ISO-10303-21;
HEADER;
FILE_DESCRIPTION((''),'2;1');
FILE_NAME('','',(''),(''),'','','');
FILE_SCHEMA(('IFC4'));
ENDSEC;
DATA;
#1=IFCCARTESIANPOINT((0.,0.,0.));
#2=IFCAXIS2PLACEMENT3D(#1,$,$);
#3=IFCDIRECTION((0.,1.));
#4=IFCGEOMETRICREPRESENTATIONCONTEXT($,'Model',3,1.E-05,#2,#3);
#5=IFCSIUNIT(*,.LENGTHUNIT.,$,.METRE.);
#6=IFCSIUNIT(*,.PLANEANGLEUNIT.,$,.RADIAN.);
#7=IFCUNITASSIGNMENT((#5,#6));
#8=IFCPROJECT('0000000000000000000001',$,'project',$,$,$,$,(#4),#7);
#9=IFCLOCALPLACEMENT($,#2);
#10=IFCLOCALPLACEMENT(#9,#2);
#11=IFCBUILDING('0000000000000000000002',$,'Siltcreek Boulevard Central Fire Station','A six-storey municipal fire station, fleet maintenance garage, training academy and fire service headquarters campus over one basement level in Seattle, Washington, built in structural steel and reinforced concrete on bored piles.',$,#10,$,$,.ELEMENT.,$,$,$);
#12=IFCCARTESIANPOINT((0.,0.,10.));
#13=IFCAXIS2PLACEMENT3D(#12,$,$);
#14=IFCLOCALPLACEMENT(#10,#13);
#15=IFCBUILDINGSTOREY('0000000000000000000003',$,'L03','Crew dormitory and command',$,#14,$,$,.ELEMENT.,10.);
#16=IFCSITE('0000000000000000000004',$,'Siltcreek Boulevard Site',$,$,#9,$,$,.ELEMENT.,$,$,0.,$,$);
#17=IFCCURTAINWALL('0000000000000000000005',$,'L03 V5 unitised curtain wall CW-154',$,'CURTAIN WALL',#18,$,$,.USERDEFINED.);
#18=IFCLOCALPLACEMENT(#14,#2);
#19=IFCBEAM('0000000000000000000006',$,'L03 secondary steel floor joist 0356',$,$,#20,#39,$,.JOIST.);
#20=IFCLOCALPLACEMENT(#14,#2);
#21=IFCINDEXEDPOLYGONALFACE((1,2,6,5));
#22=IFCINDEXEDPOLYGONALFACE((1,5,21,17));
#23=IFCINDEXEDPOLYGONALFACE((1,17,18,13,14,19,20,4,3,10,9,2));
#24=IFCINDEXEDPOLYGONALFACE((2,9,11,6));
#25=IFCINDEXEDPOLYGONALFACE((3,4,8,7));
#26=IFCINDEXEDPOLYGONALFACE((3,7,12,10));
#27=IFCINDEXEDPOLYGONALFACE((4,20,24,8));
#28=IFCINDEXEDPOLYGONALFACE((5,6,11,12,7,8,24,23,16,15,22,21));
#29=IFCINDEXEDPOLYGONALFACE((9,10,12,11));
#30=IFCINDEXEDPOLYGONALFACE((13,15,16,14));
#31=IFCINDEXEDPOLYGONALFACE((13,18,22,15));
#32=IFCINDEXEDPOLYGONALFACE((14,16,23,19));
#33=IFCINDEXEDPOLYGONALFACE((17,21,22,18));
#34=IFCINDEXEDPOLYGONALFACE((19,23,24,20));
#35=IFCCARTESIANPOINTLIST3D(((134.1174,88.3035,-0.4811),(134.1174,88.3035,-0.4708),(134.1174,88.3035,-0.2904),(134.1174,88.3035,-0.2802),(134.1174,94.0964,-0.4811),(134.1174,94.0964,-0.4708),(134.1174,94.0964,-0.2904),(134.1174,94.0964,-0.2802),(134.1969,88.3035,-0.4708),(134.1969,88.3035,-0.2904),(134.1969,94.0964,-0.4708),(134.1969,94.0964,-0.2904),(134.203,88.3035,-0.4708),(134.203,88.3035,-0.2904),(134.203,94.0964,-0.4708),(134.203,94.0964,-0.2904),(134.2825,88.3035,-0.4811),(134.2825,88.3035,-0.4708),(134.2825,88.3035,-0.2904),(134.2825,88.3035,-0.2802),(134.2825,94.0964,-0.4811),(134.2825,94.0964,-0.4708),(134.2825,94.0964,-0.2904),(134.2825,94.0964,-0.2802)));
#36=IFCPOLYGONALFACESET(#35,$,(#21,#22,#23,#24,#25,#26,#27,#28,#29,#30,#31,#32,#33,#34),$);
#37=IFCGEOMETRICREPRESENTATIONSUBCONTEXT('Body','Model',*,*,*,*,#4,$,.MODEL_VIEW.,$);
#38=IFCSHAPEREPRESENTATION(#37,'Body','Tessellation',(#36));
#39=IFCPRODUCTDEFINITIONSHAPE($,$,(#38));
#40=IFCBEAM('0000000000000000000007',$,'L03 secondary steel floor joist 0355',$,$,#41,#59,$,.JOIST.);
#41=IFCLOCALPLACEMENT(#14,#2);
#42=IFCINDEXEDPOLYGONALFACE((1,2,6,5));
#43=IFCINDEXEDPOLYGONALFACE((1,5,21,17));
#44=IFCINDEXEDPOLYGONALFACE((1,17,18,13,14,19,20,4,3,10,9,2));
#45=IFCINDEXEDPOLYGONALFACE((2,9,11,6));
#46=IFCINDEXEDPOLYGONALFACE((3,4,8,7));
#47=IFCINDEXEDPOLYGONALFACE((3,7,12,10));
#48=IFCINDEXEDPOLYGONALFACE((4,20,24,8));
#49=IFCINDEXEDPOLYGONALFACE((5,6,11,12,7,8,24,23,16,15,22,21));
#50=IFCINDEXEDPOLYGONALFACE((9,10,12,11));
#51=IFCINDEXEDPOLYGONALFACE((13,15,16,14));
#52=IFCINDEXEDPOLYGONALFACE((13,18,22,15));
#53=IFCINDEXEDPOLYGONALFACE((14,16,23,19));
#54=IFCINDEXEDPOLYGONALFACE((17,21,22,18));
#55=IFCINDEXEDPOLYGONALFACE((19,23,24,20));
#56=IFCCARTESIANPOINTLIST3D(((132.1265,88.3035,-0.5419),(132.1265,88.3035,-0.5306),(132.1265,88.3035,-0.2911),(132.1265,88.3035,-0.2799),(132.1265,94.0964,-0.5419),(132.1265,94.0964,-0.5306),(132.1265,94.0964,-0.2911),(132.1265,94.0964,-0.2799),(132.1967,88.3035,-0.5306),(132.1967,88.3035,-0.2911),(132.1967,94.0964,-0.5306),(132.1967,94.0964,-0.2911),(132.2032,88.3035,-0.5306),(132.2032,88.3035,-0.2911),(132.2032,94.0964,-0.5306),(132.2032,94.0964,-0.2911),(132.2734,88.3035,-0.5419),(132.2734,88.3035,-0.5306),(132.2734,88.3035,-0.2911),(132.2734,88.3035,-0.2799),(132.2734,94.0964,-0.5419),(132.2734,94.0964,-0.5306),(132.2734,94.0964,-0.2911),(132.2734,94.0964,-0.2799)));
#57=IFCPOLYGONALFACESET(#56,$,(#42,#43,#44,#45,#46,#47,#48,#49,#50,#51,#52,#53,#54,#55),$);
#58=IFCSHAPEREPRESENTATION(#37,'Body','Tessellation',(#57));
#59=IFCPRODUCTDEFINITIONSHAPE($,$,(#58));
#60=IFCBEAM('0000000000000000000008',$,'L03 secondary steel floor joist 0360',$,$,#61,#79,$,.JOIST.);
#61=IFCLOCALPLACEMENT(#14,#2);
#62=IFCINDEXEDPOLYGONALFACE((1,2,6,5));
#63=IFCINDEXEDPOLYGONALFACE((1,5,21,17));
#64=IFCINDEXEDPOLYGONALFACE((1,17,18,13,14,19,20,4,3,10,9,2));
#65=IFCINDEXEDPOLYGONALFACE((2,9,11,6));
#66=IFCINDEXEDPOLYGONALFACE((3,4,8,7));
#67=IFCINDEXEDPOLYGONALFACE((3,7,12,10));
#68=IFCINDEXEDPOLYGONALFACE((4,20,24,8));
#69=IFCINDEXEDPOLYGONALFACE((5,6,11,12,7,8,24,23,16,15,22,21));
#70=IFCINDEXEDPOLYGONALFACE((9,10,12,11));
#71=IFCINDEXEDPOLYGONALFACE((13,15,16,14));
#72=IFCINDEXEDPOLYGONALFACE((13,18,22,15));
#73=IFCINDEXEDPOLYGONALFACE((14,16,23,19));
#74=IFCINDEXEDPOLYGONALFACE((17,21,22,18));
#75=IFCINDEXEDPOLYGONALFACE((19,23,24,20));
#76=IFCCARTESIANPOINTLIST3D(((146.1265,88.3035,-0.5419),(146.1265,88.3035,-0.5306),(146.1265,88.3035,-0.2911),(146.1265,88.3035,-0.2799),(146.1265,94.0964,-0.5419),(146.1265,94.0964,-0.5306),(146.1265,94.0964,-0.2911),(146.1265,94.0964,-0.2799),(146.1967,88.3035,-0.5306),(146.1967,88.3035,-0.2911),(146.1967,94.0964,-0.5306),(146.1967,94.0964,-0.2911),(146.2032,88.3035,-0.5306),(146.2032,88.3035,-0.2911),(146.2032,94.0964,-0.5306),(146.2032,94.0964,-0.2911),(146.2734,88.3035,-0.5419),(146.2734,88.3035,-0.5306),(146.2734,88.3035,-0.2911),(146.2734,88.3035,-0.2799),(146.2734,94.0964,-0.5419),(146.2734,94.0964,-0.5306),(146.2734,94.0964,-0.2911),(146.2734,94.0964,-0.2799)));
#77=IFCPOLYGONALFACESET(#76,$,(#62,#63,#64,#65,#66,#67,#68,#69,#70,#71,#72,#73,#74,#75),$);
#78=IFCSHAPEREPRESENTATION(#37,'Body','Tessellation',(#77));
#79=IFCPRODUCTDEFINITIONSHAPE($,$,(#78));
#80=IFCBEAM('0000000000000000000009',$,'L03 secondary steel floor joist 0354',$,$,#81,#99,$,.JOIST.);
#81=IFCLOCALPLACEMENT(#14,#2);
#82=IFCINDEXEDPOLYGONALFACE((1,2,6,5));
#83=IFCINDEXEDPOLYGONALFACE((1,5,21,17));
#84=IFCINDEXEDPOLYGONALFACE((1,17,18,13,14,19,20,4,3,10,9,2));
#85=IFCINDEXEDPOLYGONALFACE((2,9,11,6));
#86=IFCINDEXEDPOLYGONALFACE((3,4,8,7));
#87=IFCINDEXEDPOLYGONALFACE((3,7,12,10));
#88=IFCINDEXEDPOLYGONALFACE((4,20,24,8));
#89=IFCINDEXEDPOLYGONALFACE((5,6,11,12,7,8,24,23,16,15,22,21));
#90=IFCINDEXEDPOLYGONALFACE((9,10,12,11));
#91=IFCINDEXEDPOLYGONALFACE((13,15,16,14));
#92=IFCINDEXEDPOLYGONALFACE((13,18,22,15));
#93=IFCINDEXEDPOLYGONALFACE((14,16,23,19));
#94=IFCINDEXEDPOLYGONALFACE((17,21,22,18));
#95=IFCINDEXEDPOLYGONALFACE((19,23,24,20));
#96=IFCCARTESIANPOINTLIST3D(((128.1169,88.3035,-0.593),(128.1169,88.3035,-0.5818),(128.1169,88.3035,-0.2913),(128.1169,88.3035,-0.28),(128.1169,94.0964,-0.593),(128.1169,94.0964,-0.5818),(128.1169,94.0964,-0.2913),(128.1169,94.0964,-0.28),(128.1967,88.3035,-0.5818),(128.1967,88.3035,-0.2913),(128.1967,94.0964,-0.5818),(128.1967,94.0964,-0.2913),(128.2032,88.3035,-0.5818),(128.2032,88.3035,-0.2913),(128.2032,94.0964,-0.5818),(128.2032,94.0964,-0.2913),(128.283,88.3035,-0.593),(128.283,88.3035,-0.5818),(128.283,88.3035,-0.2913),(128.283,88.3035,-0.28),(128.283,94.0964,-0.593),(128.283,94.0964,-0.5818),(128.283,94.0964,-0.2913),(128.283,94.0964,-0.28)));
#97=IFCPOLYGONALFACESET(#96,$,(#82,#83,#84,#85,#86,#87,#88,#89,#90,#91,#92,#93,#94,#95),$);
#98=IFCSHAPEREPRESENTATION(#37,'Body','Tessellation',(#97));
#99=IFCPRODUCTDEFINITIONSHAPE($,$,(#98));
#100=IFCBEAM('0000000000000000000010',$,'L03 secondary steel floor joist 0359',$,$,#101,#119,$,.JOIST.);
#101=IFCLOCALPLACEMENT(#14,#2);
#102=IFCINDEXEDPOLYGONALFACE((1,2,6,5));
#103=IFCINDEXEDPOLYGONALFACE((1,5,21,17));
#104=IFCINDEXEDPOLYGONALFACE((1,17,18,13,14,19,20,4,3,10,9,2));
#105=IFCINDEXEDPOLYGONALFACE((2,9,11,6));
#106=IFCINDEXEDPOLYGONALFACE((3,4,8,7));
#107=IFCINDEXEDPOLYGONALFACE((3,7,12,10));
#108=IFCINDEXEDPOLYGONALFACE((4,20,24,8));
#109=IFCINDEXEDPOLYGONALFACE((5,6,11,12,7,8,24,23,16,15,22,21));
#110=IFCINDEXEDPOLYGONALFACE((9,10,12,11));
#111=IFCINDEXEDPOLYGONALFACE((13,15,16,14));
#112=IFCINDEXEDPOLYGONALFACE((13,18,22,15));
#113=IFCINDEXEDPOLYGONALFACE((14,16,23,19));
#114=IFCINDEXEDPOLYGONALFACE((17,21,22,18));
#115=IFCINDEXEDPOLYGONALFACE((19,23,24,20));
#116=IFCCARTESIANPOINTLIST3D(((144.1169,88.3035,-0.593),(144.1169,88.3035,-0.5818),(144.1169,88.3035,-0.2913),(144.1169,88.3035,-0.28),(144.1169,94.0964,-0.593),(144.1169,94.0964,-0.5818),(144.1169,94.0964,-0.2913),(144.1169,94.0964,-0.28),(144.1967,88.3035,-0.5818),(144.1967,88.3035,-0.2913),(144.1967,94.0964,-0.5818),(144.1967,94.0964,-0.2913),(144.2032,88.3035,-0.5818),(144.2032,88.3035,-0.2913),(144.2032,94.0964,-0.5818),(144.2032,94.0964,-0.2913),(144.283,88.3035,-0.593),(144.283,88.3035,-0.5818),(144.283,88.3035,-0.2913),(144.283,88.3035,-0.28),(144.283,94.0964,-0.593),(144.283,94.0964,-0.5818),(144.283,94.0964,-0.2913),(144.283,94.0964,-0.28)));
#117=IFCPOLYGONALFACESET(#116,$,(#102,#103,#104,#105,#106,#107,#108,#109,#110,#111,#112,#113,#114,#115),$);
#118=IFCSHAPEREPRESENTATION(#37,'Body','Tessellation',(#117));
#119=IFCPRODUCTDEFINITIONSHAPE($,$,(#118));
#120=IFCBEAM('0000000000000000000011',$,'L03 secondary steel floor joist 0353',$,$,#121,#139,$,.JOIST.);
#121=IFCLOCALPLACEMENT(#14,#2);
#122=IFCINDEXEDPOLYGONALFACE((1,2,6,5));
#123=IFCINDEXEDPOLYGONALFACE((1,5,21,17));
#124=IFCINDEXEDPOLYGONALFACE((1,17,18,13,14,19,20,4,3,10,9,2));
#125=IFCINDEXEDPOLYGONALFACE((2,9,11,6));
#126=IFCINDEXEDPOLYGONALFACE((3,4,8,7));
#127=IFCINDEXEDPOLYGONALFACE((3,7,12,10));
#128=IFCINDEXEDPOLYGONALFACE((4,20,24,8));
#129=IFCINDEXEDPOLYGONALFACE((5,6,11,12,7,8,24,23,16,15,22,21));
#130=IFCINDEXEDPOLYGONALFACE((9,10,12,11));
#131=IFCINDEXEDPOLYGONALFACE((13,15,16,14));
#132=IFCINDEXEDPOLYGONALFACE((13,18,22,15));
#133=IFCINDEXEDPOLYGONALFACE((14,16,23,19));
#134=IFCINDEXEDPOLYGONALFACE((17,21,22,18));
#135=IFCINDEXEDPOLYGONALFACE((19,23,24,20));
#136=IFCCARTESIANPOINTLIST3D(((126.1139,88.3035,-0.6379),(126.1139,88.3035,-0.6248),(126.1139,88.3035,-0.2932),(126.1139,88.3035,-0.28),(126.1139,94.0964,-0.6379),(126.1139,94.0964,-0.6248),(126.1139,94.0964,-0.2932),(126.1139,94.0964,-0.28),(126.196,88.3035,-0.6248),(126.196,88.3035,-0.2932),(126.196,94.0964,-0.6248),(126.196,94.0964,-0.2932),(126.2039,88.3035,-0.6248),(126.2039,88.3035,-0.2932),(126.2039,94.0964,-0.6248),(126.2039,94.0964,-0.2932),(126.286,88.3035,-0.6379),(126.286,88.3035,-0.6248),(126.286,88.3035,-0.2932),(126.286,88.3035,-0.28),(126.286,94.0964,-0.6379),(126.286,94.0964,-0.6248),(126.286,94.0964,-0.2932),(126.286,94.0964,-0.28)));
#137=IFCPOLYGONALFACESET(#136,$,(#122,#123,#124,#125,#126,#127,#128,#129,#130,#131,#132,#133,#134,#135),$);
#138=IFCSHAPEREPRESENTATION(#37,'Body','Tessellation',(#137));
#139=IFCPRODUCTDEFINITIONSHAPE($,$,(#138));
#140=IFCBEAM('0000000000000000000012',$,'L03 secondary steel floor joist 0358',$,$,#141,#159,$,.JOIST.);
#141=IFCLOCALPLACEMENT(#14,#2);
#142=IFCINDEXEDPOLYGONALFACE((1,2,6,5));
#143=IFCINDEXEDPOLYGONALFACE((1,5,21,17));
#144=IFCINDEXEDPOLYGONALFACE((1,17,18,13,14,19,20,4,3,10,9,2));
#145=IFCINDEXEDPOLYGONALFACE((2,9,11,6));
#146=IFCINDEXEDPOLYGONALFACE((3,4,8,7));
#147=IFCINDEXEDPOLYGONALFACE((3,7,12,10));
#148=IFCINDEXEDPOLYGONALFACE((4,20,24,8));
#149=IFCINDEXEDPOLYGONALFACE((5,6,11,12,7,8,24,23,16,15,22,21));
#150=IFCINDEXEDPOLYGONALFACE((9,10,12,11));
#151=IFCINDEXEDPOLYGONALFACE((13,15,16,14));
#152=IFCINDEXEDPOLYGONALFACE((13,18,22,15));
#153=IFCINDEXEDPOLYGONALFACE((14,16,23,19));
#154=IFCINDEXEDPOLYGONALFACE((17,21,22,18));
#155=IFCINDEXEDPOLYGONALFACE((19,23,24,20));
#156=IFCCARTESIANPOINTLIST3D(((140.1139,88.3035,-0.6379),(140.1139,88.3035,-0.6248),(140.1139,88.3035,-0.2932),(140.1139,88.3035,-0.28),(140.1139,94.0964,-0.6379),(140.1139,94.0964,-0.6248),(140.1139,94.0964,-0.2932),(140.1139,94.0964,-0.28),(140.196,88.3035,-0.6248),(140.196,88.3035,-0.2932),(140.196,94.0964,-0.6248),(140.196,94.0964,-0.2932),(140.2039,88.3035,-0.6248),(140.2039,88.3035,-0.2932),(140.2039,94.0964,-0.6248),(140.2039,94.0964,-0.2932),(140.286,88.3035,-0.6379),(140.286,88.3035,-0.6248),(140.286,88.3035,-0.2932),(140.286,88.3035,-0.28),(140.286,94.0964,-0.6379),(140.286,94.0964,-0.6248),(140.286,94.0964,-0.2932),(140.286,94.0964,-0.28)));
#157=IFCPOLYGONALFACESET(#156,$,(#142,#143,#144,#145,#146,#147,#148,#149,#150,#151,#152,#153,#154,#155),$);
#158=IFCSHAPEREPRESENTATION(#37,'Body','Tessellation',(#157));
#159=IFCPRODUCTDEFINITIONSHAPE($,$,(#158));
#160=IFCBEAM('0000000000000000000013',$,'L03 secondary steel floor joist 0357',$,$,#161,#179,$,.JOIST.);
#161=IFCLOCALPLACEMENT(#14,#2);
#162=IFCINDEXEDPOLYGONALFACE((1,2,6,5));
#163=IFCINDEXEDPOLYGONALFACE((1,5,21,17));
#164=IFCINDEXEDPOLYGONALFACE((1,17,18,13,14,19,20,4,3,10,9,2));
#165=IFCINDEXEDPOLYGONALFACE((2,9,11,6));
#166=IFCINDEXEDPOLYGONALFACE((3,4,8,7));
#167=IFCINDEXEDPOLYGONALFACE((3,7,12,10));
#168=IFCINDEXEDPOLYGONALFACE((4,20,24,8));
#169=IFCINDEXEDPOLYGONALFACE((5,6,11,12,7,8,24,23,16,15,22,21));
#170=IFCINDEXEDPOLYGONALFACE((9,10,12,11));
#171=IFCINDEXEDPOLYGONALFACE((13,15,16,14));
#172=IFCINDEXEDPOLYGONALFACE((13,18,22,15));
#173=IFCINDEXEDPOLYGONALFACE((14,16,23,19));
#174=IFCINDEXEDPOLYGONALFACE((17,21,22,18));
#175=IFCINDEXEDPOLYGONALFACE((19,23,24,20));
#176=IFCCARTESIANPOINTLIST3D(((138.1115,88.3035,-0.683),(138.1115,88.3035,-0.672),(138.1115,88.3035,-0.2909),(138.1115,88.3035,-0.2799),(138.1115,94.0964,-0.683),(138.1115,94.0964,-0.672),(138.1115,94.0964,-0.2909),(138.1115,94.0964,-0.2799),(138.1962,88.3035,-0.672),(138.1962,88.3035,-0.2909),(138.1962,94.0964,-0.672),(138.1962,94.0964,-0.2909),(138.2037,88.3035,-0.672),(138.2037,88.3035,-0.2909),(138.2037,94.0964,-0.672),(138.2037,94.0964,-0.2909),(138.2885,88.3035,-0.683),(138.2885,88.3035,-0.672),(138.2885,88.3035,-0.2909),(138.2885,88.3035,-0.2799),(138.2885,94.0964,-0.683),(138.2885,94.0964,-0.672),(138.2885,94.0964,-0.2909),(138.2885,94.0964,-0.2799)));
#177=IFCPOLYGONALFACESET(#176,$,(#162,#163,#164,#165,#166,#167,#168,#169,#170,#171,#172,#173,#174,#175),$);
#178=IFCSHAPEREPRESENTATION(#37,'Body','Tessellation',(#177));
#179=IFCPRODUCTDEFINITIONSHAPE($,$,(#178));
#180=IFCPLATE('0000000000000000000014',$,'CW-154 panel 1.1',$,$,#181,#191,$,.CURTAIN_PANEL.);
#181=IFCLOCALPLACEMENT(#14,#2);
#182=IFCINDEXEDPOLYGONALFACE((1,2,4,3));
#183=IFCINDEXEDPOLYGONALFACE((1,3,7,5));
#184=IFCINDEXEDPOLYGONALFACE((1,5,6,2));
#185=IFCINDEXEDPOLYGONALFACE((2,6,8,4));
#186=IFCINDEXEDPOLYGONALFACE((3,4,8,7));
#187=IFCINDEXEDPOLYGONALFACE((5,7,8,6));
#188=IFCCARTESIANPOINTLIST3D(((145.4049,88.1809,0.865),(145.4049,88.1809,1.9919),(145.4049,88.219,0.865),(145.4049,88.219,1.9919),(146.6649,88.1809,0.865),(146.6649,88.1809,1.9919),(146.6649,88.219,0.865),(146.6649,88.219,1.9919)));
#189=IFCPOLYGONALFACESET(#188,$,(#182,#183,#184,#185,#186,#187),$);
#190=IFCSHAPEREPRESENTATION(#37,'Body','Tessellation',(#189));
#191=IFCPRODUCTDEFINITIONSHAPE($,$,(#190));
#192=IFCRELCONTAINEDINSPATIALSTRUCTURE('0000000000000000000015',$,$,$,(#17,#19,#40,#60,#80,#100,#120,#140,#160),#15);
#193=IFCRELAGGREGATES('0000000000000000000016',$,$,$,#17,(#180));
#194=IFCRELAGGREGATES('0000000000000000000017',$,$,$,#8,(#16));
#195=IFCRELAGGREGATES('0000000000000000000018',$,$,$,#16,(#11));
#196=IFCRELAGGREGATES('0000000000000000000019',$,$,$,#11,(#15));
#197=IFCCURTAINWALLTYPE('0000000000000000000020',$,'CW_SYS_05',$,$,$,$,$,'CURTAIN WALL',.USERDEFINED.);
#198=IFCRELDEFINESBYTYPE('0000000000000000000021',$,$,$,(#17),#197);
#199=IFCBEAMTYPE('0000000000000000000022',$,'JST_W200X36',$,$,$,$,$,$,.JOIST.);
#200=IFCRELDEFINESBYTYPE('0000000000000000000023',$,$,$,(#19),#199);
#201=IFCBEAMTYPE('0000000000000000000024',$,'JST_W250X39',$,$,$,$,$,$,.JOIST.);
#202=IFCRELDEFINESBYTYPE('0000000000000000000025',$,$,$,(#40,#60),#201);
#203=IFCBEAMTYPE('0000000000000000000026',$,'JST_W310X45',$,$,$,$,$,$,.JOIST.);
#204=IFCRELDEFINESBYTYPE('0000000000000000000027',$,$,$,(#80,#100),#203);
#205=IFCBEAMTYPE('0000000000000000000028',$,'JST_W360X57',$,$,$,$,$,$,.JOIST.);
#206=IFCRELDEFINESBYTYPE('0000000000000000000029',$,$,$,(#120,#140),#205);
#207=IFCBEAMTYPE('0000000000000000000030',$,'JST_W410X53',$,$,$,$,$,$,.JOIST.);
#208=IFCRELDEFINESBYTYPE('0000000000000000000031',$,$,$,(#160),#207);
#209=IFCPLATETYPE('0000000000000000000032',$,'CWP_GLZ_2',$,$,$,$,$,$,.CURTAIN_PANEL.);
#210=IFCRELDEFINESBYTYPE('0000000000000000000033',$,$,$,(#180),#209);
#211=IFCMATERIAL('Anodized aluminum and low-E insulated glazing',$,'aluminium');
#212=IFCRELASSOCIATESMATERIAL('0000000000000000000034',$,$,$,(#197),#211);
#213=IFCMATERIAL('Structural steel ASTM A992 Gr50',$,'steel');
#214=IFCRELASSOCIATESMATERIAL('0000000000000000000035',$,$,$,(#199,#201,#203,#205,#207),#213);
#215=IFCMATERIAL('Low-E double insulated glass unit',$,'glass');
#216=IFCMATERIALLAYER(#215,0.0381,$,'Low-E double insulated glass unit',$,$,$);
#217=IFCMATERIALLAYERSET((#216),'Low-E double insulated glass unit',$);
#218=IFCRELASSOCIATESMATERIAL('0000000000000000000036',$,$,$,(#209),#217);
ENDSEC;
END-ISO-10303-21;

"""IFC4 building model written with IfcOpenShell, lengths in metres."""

from ifc_helpers import new_model, si_unit, direction, frame, origin, origin_2d, place, context, subcontext, project, spatial, rectangle, i_section, extrude, material, layer, layer_set, material_profile, profile_set, type_object, element, aggregate, save


model = new_model("IFC4")

# Units and contexts
model_context = context("Model", 3, precision=1e-05, world=origin(), true_north=direction((0.0, 1.0)))
body_context = subcontext(model_context, "Body", "Model", "MODEL_VIEW")
ifc_project = project(units=[si_unit("LENGTHUNIT", "METRE"), si_unit("PLANEANGLEUNIT", "RADIAN")], contexts=[model_context])

# Site, building, storey
site_placement = place(None, origin())
site = spatial("IfcSite", under=ifc_project, at=site_placement, Name="Siltcreek Boulevard Site", CompositionType="ELEMENT", RefElevation=0.0)
building_placement = place(site_placement, origin())
building = spatial("IfcBuilding", under=site, at=building_placement, Name="Siltcreek Boulevard Central Fire Station", Description="A six-storey municipal fire station, fleet maintenance garage, training academy and fire service headquarters campus over one basement level in Seattle, Washington, built in structural steel and reinforced concrete on bored piles.", CompositionType="ELEMENT")
storey_placement = place(building_placement, frame((0.0, 0.0, 10.0)))
storey = spatial("IfcBuildingStorey", under=building, at=storey_placement, Name="L03", Description="Crew dormitory and command", CompositionType="ELEMENT", Elevation=10.0)

# Shared definitions
ifc_material_1 = material(Name="Structural steel ASTM A992 Gr50", Category="steel")

# Curtain wall
ifc_material_2 = material(Name="Anodized aluminum and low-E insulated glazing", Category="aluminium")
curtain_wall_type = type_object("IfcCurtainWallType", Name="CW_SYS_05", ElementType="CURTAIN WALL", PredefinedType="USERDEFINED", material=ifc_material_2)
curtain_wall_placement = place(storey_placement, origin())
curtain_wall = element("IfcCurtainWall", 1, at=curtain_wall_placement, inside=storey, type_object=curtain_wall_type, Name="L03 V5 unitised curtain wall CW-154", ObjectType="CURTAIN WALL", PredefinedType="USERDEFINED")

# Beams
ifc_material_profile_1 = material_profile(ifc_material_1, i_section(OverallWidth=0.165, OverallDepth=0.2009, WebThickness=0.0061, FlangeThickness=0.0103, at=origin_2d()), Name="W200X36")
ifc_profile_set_1 = profile_set([ifc_material_profile_1], Name="Structural steel ASTM A992 Gr50")
beam_type_1 = type_object("IfcBeamType", Name="JST_W200X36", PredefinedType="JOIST", material=ifc_profile_set_1)
beam_1_placement = place(storey_placement, frame((134.2, 88.3035, -0.3806), z_axis=(0.0, 1.0, 0.0), x_axis=(-1.0, 0.0, 0.0)))
element("IfcBeam", 2, at=beam_1_placement, inside=storey, type_object=beam_type_1, Name="L03 secondary steel floor joist 0356", PredefinedType="JOIST", context=body_context, shape_type="SweptSolid", body=[
    extrude(i_section(OverallWidth=0.165, OverallDepth=0.2009, WebThickness=0.0061, FlangeThickness=0.0103, at=origin_2d()), origin(), (0.0, 0.0, 1.0), 5.793),
])
ifc_material_profile_2 = material_profile(ifc_material_1, i_section(OverallWidth=0.147, OverallDepth=0.262, WebThickness=0.0066, FlangeThickness=0.0112, at=origin_2d()), Name="W250X39")
ifc_profile_set_2 = profile_set([ifc_material_profile_2], Name="Structural steel ASTM A992 Gr50")
beam_type_2 = type_object("IfcBeamType", Name="JST_W250X39", PredefinedType="JOIST", material=ifc_profile_set_2)
for number, where, z_axis, x_axis, name in (
    (3, (132.2, 88.3035, -0.4109), (0.0, 1.0, 0.0), (-1.0, 0.0, 0.0), "L03 secondary steel floor joist 0355"),
    (4, (146.2, 88.3035, -0.4109), (0.0, 1.0, 0.0), (-1.0, 0.0, 0.0), "L03 secondary steel floor joist 0360"),
):
    element("IfcBeam", number, at=place(storey_placement, frame(where, z_axis=z_axis, x_axis=x_axis)), inside=storey, type_object=beam_type_2, Name=name, PredefinedType="JOIST", context=body_context, shape_type="SweptSolid", body=[
        extrude(i_section(OverallWidth=0.147, OverallDepth=0.262, WebThickness=0.0066, FlangeThickness=0.0112, at=origin_2d()), origin(), (0.0, 0.0, 1.0), 5.793),
    ])
ifc_material_profile_3 = material_profile(ifc_material_1, i_section(OverallWidth=0.166, OverallDepth=0.313, WebThickness=0.0066, FlangeThickness=0.0112, at=origin_2d()), Name="W310X45")
ifc_profile_set_3 = profile_set([ifc_material_profile_3], Name="Structural steel ASTM A992 Gr50")
beam_type_3 = type_object("IfcBeamType", Name="JST_W310X45", PredefinedType="JOIST", material=ifc_profile_set_3)
for number, where, z_axis, x_axis, name in (
    (5, (128.2, 88.3035, -0.4365), (0.0, 1.0, 0.0), (-1.0, 0.0, 0.0), "L03 secondary steel floor joist 0354"),
    (6, (144.2, 88.3035, -0.4365), (0.0, 1.0, 0.0), (-1.0, 0.0, 0.0), "L03 secondary steel floor joist 0359"),
):
    element("IfcBeam", number, at=place(storey_placement, frame(where, z_axis=z_axis, x_axis=x_axis)), inside=storey, type_object=beam_type_3, Name=name, PredefinedType="JOIST", context=body_context, shape_type="SweptSolid", body=[
        extrude(i_section(OverallWidth=0.166, OverallDepth=0.313, WebThickness=0.0066, FlangeThickness=0.0112, at=origin_2d()), origin(), (0.0, 0.0, 1.0), 5.793),
    ])
ifc_material_profile_4 = material_profile(ifc_material_1, i_section(OverallWidth=0.1721, OverallDepth=0.3579, WebThickness=0.0078, FlangeThickness=0.0132, at=origin_2d()), Name="W360X57")
ifc_profile_set_4 = profile_set([ifc_material_profile_4], Name="Structural steel ASTM A992 Gr50")
beam_type_4 = type_object("IfcBeamType", Name="JST_W360X57", PredefinedType="JOIST", material=ifc_profile_set_4)
for number, where, z_axis, x_axis, name in (
    (7, (126.2, 88.3035, -0.459), (0.0, 1.0, 0.0), (-1.0, 0.0, 0.0), "L03 secondary steel floor joist 0353"),
    (8, (140.2, 88.3035, -0.459), (0.0, 1.0, 0.0), (-1.0, 0.0, 0.0), "L03 secondary steel floor joist 0358"),
):
    element("IfcBeam", number, at=place(storey_placement, frame(where, z_axis=z_axis, x_axis=x_axis)), inside=storey, type_object=beam_type_4, Name=name, PredefinedType="JOIST", context=body_context, shape_type="SweptSolid", body=[
        extrude(i_section(OverallWidth=0.1721, OverallDepth=0.3579, WebThickness=0.0078, FlangeThickness=0.0132, at=origin_2d()), origin(), (0.0, 0.0, 1.0), 5.793),
    ])
ifc_material_profile_5 = material_profile(ifc_material_1, i_section(OverallWidth=0.177, OverallDepth=0.4031, WebThickness=0.0076, FlangeThickness=0.011, at=origin_2d()), Name="W410X53")
ifc_profile_set_5 = profile_set([ifc_material_profile_5], Name="Structural steel ASTM A992 Gr50")
beam_type_5 = type_object("IfcBeamType", Name="JST_W410X53", PredefinedType="JOIST", material=ifc_profile_set_5)
beam_2_placement = place(storey_placement, frame((138.2, 88.3035, -0.4814), z_axis=(0.0, 1.0, 0.0), x_axis=(-1.0, 0.0, 0.0)))
element("IfcBeam", 9, at=beam_2_placement, inside=storey, type_object=beam_type_5, Name="L03 secondary steel floor joist 0357", PredefinedType="JOIST", context=body_context, shape_type="SweptSolid", body=[
    extrude(i_section(OverallWidth=0.177, OverallDepth=0.4031, WebThickness=0.0076, FlangeThickness=0.011, at=origin_2d()), origin(), (0.0, 0.0, 1.0), 5.793),
])

# Plate
ifc_material_3 = material(Name="Low-E double insulated glass unit", Category="glass")
ifc_layer = layer(ifc_material_3, 0.0381, Name="Low-E double insulated glass unit")
ifc_layer_set = layer_set([ifc_layer], Name="Low-E double insulated glass unit")
plate_type = type_object("IfcPlateType", Name="CWP_GLZ_2", PredefinedType="CURTAIN_PANEL", material=ifc_layer_set)
plate_1_placement = place(storey_placement, frame((146.0349, 88.2, 0.865), z_axis=(0.0, 0.0, 1.0), x_axis=(1.0, 0.0, 0.0)))
plate_1 = element("IfcPlate", 10, at=plate_1_placement, type_object=plate_type, Name="CW-154 panel 1.1", PredefinedType="CURTAIN_PANEL", context=body_context, shape_type="SweptSolid", body=[
    extrude(rectangle(XDim=1.26, YDim=0.0381, at=origin_2d()), origin(), (0.0, 0.0, 1.0), 1.127),
])
aggregate(curtain_wall, [plate_1])

save(model, "model.ifc")
